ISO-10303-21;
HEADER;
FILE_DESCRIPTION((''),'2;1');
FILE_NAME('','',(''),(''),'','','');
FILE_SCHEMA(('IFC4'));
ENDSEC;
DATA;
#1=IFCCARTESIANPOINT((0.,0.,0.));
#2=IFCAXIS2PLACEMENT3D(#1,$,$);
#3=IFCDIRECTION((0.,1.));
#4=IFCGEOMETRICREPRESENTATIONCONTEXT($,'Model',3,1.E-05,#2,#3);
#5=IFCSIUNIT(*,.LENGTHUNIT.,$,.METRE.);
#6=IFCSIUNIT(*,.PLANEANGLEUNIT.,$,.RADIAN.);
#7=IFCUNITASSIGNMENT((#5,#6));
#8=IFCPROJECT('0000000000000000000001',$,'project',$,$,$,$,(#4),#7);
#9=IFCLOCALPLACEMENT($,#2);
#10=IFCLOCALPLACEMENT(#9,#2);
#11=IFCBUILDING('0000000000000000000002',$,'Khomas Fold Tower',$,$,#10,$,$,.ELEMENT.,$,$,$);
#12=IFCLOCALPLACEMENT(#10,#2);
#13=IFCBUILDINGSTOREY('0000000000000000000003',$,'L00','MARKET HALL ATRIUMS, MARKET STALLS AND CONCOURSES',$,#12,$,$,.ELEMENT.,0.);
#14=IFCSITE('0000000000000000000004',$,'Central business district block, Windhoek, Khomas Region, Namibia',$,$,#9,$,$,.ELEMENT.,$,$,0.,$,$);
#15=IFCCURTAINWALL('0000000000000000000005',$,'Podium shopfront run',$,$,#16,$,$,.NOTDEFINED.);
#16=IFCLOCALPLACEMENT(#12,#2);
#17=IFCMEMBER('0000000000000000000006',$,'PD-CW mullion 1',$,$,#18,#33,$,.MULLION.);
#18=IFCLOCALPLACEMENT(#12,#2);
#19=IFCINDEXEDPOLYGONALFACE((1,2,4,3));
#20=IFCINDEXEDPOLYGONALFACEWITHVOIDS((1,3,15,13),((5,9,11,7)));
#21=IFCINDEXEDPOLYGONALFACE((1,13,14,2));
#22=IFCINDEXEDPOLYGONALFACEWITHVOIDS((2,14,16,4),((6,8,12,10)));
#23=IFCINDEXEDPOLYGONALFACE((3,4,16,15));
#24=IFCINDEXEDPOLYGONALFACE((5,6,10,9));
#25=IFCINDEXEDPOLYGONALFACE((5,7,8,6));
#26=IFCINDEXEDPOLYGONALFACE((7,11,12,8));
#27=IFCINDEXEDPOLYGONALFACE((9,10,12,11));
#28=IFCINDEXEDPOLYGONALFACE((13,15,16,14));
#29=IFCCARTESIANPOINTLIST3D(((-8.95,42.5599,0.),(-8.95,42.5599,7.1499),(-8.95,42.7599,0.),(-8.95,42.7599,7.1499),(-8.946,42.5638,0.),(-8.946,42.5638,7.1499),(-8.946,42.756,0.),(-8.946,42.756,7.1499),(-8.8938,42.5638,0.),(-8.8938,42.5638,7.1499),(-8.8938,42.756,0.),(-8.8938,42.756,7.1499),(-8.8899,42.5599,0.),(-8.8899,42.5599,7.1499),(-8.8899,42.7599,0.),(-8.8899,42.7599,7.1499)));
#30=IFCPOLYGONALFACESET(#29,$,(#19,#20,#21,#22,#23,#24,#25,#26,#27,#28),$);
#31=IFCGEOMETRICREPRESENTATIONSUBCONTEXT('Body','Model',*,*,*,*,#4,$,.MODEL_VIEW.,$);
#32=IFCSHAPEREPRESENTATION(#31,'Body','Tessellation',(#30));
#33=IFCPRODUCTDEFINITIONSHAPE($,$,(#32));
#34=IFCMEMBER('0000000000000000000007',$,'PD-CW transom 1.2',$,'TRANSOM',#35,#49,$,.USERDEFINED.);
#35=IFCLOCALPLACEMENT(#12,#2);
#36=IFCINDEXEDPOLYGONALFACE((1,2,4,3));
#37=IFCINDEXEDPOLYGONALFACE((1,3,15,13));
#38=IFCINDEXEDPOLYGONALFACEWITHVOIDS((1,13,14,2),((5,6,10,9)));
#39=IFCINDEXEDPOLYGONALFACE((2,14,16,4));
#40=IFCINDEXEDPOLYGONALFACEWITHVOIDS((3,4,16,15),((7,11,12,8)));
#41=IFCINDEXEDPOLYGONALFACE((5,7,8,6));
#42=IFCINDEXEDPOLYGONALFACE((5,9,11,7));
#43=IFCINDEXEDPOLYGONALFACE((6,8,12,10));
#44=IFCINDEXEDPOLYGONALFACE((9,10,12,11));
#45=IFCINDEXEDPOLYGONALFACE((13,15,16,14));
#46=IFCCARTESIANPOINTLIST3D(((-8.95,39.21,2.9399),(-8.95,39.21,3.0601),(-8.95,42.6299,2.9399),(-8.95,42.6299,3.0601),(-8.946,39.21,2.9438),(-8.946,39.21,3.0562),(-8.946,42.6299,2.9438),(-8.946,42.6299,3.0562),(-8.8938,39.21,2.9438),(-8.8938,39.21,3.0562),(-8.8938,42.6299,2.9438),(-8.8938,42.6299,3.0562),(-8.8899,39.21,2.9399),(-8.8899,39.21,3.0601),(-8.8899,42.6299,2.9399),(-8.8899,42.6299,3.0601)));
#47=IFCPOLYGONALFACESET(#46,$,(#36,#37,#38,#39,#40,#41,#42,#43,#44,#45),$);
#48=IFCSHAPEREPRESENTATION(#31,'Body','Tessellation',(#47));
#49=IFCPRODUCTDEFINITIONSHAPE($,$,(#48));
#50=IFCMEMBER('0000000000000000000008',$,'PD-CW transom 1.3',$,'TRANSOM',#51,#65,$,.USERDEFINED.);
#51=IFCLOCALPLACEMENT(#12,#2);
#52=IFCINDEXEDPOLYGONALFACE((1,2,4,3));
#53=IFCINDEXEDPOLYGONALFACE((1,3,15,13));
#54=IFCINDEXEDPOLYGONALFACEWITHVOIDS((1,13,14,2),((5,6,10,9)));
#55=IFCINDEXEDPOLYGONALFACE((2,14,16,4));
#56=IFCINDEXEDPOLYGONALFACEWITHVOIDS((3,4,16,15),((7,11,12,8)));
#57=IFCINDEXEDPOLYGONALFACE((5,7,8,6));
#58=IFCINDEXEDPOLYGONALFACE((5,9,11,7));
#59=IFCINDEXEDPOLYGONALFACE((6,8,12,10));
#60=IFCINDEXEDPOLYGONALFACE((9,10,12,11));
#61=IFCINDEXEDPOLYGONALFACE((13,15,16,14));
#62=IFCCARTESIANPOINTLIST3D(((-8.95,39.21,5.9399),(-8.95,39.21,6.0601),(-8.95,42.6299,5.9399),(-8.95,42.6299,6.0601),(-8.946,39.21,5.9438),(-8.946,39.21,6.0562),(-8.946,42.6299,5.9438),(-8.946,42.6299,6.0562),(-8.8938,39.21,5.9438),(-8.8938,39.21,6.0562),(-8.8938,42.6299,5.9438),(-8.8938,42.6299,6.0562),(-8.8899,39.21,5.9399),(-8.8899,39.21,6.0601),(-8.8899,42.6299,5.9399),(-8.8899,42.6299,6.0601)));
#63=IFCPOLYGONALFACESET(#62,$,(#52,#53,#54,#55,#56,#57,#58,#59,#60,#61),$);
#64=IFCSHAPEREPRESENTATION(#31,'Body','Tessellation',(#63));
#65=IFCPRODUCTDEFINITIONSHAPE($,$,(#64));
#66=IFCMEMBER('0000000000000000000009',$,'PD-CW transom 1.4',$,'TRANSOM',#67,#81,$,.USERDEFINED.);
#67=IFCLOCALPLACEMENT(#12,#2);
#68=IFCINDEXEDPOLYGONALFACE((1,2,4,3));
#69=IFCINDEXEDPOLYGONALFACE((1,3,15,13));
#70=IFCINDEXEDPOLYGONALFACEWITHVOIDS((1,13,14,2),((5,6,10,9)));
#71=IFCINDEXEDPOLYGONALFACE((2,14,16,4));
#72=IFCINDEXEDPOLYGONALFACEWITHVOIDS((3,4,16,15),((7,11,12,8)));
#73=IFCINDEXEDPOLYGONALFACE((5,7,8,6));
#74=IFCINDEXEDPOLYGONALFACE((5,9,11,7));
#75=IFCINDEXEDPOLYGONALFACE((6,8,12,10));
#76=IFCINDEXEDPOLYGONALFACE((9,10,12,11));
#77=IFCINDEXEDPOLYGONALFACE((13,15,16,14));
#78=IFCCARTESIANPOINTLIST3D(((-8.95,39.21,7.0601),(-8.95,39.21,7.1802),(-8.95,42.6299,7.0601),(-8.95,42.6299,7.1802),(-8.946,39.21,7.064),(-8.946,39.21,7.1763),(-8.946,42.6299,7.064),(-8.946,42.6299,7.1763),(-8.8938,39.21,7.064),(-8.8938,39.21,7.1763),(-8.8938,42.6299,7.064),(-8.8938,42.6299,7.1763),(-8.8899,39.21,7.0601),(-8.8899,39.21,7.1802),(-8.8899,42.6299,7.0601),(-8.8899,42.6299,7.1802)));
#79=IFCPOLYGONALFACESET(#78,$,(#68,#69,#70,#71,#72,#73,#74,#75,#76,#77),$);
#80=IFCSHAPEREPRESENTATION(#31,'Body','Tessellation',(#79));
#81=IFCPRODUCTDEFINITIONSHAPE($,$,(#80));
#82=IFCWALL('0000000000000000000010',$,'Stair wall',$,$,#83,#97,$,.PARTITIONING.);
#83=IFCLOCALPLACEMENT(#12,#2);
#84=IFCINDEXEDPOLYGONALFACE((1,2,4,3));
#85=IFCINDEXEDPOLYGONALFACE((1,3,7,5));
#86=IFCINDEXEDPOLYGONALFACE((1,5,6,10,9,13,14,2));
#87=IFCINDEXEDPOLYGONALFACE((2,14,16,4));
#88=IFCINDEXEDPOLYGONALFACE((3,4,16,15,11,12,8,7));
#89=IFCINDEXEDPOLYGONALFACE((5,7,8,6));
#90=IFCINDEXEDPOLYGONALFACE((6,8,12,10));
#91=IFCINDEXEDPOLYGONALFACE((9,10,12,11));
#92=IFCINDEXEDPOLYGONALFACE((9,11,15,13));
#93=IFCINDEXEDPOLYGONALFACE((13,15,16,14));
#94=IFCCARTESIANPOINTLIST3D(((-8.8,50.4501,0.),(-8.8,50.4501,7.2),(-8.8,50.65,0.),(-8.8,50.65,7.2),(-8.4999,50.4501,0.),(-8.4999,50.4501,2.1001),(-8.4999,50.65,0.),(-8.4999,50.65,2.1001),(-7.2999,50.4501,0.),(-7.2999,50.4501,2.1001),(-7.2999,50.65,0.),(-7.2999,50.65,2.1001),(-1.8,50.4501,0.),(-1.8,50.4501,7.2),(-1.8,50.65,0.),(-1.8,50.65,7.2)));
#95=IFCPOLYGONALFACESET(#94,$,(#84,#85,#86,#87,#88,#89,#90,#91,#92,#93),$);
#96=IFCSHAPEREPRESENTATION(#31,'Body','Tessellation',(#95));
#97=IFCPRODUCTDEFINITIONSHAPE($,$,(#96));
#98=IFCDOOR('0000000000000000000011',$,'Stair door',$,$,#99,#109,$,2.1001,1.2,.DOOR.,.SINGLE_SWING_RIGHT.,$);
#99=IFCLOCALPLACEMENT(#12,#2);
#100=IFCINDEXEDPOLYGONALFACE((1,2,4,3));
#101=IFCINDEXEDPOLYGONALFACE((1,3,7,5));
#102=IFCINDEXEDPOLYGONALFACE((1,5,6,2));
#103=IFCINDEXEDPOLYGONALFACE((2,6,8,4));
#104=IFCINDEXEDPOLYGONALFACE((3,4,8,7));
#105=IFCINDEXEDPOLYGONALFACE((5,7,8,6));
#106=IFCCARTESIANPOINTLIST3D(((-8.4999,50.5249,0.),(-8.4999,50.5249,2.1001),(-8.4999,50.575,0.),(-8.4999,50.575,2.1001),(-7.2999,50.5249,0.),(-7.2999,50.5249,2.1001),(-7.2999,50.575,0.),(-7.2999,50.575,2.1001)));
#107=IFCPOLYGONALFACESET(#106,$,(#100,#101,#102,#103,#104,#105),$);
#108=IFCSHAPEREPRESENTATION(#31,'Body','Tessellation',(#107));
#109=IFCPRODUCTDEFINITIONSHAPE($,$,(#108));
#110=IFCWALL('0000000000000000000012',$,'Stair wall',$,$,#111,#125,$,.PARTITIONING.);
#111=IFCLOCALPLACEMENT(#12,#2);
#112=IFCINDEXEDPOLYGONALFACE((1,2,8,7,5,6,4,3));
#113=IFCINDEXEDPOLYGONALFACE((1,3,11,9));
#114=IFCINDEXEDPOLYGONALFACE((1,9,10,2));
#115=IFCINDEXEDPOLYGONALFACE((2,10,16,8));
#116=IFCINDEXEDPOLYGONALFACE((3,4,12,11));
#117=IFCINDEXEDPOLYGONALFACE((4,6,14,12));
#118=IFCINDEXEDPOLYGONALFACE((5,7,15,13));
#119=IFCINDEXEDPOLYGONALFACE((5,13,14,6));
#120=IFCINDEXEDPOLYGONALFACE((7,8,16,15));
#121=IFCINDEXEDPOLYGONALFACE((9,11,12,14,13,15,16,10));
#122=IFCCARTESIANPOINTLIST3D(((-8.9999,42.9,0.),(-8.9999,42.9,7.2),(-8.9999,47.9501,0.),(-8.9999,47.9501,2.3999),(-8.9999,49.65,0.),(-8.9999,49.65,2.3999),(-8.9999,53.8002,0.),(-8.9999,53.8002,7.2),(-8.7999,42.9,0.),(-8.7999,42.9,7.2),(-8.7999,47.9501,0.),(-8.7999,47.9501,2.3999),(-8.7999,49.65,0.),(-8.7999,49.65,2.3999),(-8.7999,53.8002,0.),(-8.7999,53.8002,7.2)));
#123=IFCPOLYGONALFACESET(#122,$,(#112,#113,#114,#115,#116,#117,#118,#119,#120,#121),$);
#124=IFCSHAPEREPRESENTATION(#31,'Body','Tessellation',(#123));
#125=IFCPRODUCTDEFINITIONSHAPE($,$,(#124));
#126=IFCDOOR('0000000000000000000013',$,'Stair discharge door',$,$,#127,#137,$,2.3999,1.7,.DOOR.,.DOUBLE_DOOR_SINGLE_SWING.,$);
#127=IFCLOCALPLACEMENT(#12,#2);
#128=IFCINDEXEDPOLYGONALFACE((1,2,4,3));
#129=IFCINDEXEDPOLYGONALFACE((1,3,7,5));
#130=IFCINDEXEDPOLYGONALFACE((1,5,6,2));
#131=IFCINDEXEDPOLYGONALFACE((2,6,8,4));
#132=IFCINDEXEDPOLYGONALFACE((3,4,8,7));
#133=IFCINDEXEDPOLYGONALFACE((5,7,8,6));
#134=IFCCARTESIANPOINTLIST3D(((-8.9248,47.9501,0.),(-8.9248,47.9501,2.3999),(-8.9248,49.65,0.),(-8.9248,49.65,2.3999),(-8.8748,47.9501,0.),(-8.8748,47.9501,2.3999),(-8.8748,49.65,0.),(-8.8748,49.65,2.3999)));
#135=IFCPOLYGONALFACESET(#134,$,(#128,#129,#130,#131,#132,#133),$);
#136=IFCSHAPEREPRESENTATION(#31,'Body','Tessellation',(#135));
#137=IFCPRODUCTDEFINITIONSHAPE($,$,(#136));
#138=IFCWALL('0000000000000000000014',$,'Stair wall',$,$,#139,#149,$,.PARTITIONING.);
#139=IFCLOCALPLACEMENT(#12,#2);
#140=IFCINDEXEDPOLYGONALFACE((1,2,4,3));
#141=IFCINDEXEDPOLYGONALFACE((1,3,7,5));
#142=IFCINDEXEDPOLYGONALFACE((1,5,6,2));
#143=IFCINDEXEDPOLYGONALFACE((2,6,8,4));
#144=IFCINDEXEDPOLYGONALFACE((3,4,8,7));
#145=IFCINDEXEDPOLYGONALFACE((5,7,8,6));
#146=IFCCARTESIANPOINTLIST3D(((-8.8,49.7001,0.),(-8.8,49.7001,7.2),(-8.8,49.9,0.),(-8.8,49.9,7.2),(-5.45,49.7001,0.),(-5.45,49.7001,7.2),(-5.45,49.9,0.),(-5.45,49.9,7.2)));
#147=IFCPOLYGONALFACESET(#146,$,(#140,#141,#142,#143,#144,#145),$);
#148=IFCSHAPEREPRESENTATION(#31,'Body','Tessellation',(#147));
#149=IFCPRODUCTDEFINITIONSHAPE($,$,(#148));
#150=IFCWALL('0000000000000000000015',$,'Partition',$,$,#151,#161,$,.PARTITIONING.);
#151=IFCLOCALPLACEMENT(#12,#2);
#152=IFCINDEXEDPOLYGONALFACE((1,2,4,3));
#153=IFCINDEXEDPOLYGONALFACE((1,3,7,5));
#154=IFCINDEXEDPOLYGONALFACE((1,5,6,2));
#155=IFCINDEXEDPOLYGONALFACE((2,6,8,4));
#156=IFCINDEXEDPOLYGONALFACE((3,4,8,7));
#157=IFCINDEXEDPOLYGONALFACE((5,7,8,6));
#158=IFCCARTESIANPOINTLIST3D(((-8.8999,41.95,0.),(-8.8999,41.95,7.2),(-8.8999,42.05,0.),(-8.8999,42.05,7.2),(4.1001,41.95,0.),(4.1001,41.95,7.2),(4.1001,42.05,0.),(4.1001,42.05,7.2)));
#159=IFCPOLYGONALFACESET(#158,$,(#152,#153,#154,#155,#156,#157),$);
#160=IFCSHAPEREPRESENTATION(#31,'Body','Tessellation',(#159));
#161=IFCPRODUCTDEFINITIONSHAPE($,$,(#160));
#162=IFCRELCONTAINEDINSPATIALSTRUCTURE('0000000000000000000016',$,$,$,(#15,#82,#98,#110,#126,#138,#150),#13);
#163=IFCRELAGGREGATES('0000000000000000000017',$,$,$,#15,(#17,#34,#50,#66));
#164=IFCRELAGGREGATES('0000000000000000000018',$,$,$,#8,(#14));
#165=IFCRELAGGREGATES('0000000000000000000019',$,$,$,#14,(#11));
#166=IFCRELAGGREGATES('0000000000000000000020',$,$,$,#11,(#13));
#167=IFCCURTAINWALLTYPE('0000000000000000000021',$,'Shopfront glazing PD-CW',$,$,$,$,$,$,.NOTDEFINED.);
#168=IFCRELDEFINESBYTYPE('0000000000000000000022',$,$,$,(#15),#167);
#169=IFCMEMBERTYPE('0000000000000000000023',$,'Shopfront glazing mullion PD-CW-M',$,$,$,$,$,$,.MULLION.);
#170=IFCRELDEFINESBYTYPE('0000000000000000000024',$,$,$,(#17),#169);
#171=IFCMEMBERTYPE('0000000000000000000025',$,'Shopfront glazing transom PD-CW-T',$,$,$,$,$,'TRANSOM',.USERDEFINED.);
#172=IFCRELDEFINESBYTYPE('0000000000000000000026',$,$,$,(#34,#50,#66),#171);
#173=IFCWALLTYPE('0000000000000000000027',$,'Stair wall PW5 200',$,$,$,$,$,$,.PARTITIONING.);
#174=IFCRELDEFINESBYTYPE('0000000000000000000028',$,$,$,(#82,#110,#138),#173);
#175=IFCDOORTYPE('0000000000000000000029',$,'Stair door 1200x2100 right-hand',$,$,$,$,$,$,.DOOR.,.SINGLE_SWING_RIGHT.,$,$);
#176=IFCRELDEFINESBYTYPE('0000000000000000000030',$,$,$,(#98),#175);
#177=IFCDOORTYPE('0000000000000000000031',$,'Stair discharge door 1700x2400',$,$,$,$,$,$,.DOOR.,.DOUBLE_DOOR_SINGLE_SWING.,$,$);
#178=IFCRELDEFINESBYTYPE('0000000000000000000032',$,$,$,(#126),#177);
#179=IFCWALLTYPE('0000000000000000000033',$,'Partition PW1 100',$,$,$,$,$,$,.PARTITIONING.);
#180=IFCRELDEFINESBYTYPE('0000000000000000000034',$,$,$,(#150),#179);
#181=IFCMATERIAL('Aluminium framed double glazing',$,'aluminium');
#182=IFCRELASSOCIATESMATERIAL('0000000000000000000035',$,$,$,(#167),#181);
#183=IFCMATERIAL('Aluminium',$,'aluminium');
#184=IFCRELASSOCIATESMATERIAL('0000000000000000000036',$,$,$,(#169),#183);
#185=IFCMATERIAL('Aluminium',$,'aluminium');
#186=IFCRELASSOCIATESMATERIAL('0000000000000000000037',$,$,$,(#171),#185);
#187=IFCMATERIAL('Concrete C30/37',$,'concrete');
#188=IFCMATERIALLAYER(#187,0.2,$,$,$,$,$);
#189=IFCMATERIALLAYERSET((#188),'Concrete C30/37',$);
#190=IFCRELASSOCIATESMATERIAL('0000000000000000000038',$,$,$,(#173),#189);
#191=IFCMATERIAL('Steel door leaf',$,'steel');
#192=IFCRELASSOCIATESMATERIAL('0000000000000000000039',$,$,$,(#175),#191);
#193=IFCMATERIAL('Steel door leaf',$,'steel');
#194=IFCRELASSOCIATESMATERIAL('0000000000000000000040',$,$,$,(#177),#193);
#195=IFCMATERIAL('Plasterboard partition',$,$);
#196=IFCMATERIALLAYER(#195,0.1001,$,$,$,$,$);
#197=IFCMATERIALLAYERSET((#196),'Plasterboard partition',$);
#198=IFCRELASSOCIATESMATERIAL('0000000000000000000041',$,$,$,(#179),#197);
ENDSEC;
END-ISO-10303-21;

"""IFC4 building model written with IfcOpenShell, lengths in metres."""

from ifc_helpers import new_model, si_unit, direction, frame, frame_2d, origin, origin_2d, place, context, subcontext, project, spatial, rectangle, hollow_rectangle, extrude, source, transform, mapped, material, layer, layer_set, material_profile, profile_set, type_object, element, fill, aggregate, save


model = new_model("IFC4")

# Units and contexts
model_context = context("Model", 3, precision=1e-05, world=origin(), true_north=direction((0.0, 1.0)))
body_context = subcontext(model_context, "Body", "Model", "MODEL_VIEW")
ifc_project = project(units=[si_unit("LENGTHUNIT", "METRE"), si_unit("PLANEANGLEUNIT", "RADIAN")], contexts=[model_context])

# Site, building, storey
site_placement = place(None, origin())
site = spatial("IfcSite", under=ifc_project, at=site_placement, Name="Central business district block, Windhoek, Khomas Region, Namibia", CompositionType="ELEMENT", RefElevation=0.0)
building_placement = place(site_placement, origin())
building = spatial("IfcBuilding", under=site, at=building_placement, Name="Khomas Fold Tower", CompositionType="ELEMENT")
storey_placement = place(building_placement, origin())
storey = spatial("IfcBuildingStorey", under=building, at=storey_placement, Name="L00", Description="MARKET HALL ATRIUMS, MARKET STALLS AND CONCOURSES", CompositionType="ELEMENT", Elevation=0.0)

# Curtain wall, members
ifc_material_1 = material(Name="Aluminium framed double glazing", Category="aluminium")
curtain_wall_type = type_object("IfcCurtainWallType", Name="Shopfront glazing PD-CW", PredefinedType="NOTDEFINED", material=ifc_material_1)
curtain_wall_placement = place(storey_placement, origin())
curtain_wall = element("IfcCurtainWall", 1, at=curtain_wall_placement, inside=storey, type_object=curtain_wall_type, Name="Podium shopfront run", PredefinedType="NOTDEFINED")
ifc_material_2 = material(Name="Aluminium", Category="aluminium")
ifc_material_profile_1 = material_profile(ifc_material_2, hollow_rectangle(XDim=0.0601, YDim=0.2, WallThickness=0.0039, at=origin_2d()), Name="Shopfront glazing mullion PD-CW-M")
ifc_profile_set_1 = profile_set([ifc_material_profile_1], Name="Aluminium")
member_type_1 = type_object("IfcMemberType", Name="Shopfront glazing mullion PD-CW-M", PredefinedType="MULLION", material=ifc_profile_set_1)
shared_shape_1 = source(origin(), body_context, "Body", "SweptSolid", [
    extrude(hollow_rectangle(XDim=0.0601, YDim=0.2, WallThickness=0.0039, at=origin_2d()), origin(), (0.0, 0.0, 1.0), 7.1499),
])
member_1_placement = place(storey_placement, frame((-8.9199, 42.6599, 0.0), z_axis=(0.0, 0.0, 1.0), x_axis=(1.0, 0.0, 0.0)))
member_1 = element("IfcMember", 2, at=member_1_placement, type_object=member_type_1, Name="PD-CW mullion 1", PredefinedType="MULLION", context=body_context, shape_type="MappedRepresentation", body=[
    mapped(shared_shape_1, transform((0.0, 0.0, 0.0))),
])
ifc_material_3 = material(Name="Aluminium", Category="aluminium")
ifc_material_profile_2 = material_profile(ifc_material_3, hollow_rectangle(XDim=0.0601, YDim=0.1201, WallThickness=0.0039, at=origin_2d()), Name="Shopfront glazing transom PD-CW-T")
ifc_profile_set_2 = profile_set([ifc_material_profile_2], Name="Aluminium")
member_type_2 = type_object("IfcMemberType", Name="Shopfront glazing transom PD-CW-T", ElementType="TRANSOM", PredefinedType="USERDEFINED", material=ifc_profile_set_2)
shared_shape_2 = source(origin(), body_context, "Body", "SweptSolid", [
    extrude(hollow_rectangle(XDim=0.0601, YDim=0.1201, WallThickness=0.0039, at=origin_2d()), origin(), (0.0, 0.0, 1.0), 3.4199),
])
member_2_placement = place(storey_placement, frame((-8.9199, 42.6299, 3.0), z_axis=(0.0, -1.0, 0.0), x_axis=(1.0, 0.0, 0.0)))
member_2 = element("IfcMember", 3, at=member_2_placement, type_object=member_type_2, Name="PD-CW transom 1.2", ObjectType="TRANSOM", PredefinedType="USERDEFINED", context=body_context, shape_type="MappedRepresentation", body=[
    mapped(shared_shape_2, transform((0.0, 0.0, 0.0))),
])
member_3_placement = place(storey_placement, frame((-8.9199, 42.6299, 6.0), z_axis=(0.0, -1.0, 0.0), x_axis=(1.0, 0.0, 0.0)))
member_3 = element("IfcMember", 4, at=member_3_placement, type_object=member_type_2, Name="PD-CW transom 1.3", ObjectType="TRANSOM", PredefinedType="USERDEFINED", context=body_context, shape_type="MappedRepresentation", body=[
    mapped(shared_shape_2, transform((0.0, 0.0, 0.0))),
])
member_4_placement = place(storey_placement, frame((-8.9199, 42.6299, 7.1201), z_axis=(0.0, -1.0, 0.0), x_axis=(1.0, 0.0, 0.0)))
member_4 = element("IfcMember", 5, at=member_4_placement, type_object=member_type_2, Name="PD-CW transom 1.4", ObjectType="TRANSOM", PredefinedType="USERDEFINED", context=body_context, shape_type="MappedRepresentation", body=[
    mapped(shared_shape_2, transform((0.0, 0.0, 0.0))),
])
aggregate(curtain_wall, [member_1, member_2, member_3, member_4])

# Walls, openings, doors
ifc_material_4 = material(Name="Concrete C30/37", Category="concrete")
ifc_layer_1 = layer(ifc_material_4, 0.2)
ifc_layer_set_1 = layer_set([ifc_layer_1], Name="Concrete C30/37")
wall_type_1 = type_object("IfcWallType", Name="Stair wall PW5 200", PredefinedType="PARTITIONING", material=ifc_layer_set_1)
shared_shape_3 = source(origin(), body_context, "Body", "SweptSolid", [
    extrude(rectangle(XDim=7.0, YDim=0.2, at=frame_2d((3.5, 0.0))), origin(), (0.0, 0.0, 1.0), 7.2),
])
wall_1_placement = place(storey_placement, frame((-8.8, 50.55, 0.0), z_axis=(0.0, 0.0, 1.0), x_axis=(1.0, 0.0, 0.0)))
wall_1 = element("IfcWall", 6, at=wall_1_placement, inside=storey, type_object=wall_type_1, Name="Stair wall", PredefinedType="PARTITIONING", context=body_context, shape_type="MappedRepresentation", body=[
    mapped(shared_shape_3, transform((0.0, 0.0, 0.0))),
])
shared_shape_4 = source(origin(), body_context, "Body", "SweptSolid", [
    extrude(rectangle(XDim=1.2, YDim=2.1001, at=frame_2d((0.6001, 1.05))), frame((0.0, 0.1099, 0.0), z_axis=(0.0, -1.0, 0.0), x_axis=(1.0, 0.0, 0.0)), (0.0, 0.0, 1.0), 0.22),
])
opening_1_placement = place(wall_1_placement, frame((0.3, 0.0, 0.0)))
opening_1 = element("IfcOpeningElement", 7, at=opening_1_placement, cuts=wall_1, PredefinedType="OPENING", context=body_context, shape_type="MappedRepresentation", body=[
    mapped(shared_shape_4, transform((0.0, 0.0, 0.0))),
])
ifc_material_5 = material(Name="Steel door leaf", Category="steel")
door_type_1 = type_object("IfcDoorType", Name="Stair door 1200x2100 right-hand", OperationType="SINGLE_SWING_RIGHT", PredefinedType="DOOR", material=ifc_material_5)
shared_shape_5 = source(origin(), body_context, "Body", "SweptSolid", [
    extrude(rectangle(XDim=1.2, YDim=2.1001, at=frame_2d((0.6001, 1.05))), frame((0.0, 0.0249, 0.0), z_axis=(0.0, -1.0, 0.0), x_axis=(1.0, 0.0, 0.0)), (0.0, 0.0, 1.0), 0.05),
])
door_1_placement = place(opening_1_placement, origin())
door_1 = element("IfcDoor", 8, at=door_1_placement, inside=storey, type_object=door_type_1, Name="Stair door", OperationType="SINGLE_SWING_RIGHT", OverallHeight=2.1001, OverallWidth=1.2, PredefinedType="DOOR", context=body_context, shape_type="MappedRepresentation", body=[
    mapped(shared_shape_5, transform((0.0, 0.0, 0.0))),
])
fill(opening_1, door_1)
shared_shape_6 = source(origin(), body_context, "Body", "SweptSolid", [
    extrude(rectangle(XDim=1.7, YDim=2.3999, at=frame_2d((0.8501, 1.2))), frame((0.0, 0.0249, 0.0), z_axis=(0.0, -1.0, 0.0), x_axis=(1.0, 0.0, 0.0)), (0.0, 0.0, 1.0), 0.05),
])
shared_shape_7 = source(origin(), body_context, "Body", "SweptSolid", [
    extrude(rectangle(XDim=10.9001, YDim=0.2, at=frame_2d((5.4502, 0.0))), origin(), (0.0, 0.0, 1.0), 7.2),
])
wall_2_placement = place(storey_placement, frame((-8.8999, 42.8999, 0.0), z_axis=(0.0, 0.0, 1.0), x_axis=(0.0, 1.0, 0.0)))
wall_2 = element("IfcWall", 9, at=wall_2_placement, inside=storey, type_object=wall_type_1, Name="Stair wall", PredefinedType="PARTITIONING", context=body_context, shape_type="MappedRepresentation", body=[
    mapped(shared_shape_7, transform((0.0, 0.0, 0.0))),
])
shared_shape_8 = source(origin(), body_context, "Body", "SweptSolid", [
    extrude(rectangle(XDim=1.7, YDim=2.3999, at=frame_2d((0.8501, 1.2))), frame((0.0, 0.1099, 0.0), z_axis=(0.0, -1.0, 0.0), x_axis=(1.0, 0.0, 0.0)), (0.0, 0.0, 1.0), 0.22),
])
opening_2_placement = place(wall_2_placement, frame((5.05, 0.0, 0.0)))
opening_2 = element("IfcOpeningElement", 10, at=opening_2_placement, cuts=wall_2, PredefinedType="OPENING", context=body_context, shape_type="MappedRepresentation", body=[
    mapped(shared_shape_8, transform((0.0, 0.0, 0.0))),
])
ifc_material_6 = material(Name="Steel door leaf", Category="steel")
door_type_2 = type_object("IfcDoorType", Name="Stair discharge door 1700x2400", OperationType="DOUBLE_DOOR_SINGLE_SWING", PredefinedType="DOOR", material=ifc_material_6)
door_2_placement = place(opening_2_placement, origin())
door_2 = element("IfcDoor", 11, at=door_2_placement, inside=storey, type_object=door_type_2, Name="Stair discharge door", OperationType="DOUBLE_DOOR_SINGLE_SWING", OverallHeight=2.3999, OverallWidth=1.7, PredefinedType="DOOR", context=body_context, shape_type="MappedRepresentation", body=[
    mapped(shared_shape_6, transform((0.0, 0.0, 0.0))),
])
fill(opening_2, door_2)

# Walls
shared_shape_9 = source(origin(), body_context, "Body", "SweptSolid", [
    extrude(rectangle(XDim=3.3501, YDim=0.2, at=frame_2d((1.675, 0.0))), origin(), (0.0, 0.0, 1.0), 7.2),
])
wall_3_placement = place(storey_placement, frame((-8.8, 49.8, 0.0), z_axis=(0.0, 0.0, 1.0), x_axis=(1.0, 0.0, 0.0)))
element("IfcWall", 12, at=wall_3_placement, inside=storey, type_object=wall_type_1, Name="Stair wall", PredefinedType="PARTITIONING", context=body_context, shape_type="MappedRepresentation", body=[
    mapped(shared_shape_9, transform((0.0, 0.0, 0.0))),
])
ifc_material_7 = material(Name="Plasterboard partition")
ifc_layer_2 = layer(ifc_material_7, 0.1001)
ifc_layer_set_2 = layer_set([ifc_layer_2], Name="Plasterboard partition")
wall_type_2 = type_object("IfcWallType", Name="Partition PW1 100", PredefinedType="PARTITIONING", material=ifc_layer_set_2)
shared_shape_10 = source(origin(), body_context, "Body", "SweptSolid", [
    extrude(rectangle(XDim=13.0, YDim=0.1001, at=frame_2d((6.5, 0.0))), origin(), (0.0, 0.0, 1.0), 7.2),
])
wall_4_placement = place(storey_placement, frame((-8.8999, 42.0, 0.0), z_axis=(0.0, 0.0, 1.0), x_axis=(1.0, 0.0, 0.0)))
element("IfcWall", 13, at=wall_4_placement, inside=storey, type_object=wall_type_2, Name="Partition", PredefinedType="PARTITIONING", context=body_context, shape_type="MappedRepresentation", body=[
    mapped(shared_shape_10, transform((0.0, 0.0, 0.0))),
])

save(model, "model.ifc")
